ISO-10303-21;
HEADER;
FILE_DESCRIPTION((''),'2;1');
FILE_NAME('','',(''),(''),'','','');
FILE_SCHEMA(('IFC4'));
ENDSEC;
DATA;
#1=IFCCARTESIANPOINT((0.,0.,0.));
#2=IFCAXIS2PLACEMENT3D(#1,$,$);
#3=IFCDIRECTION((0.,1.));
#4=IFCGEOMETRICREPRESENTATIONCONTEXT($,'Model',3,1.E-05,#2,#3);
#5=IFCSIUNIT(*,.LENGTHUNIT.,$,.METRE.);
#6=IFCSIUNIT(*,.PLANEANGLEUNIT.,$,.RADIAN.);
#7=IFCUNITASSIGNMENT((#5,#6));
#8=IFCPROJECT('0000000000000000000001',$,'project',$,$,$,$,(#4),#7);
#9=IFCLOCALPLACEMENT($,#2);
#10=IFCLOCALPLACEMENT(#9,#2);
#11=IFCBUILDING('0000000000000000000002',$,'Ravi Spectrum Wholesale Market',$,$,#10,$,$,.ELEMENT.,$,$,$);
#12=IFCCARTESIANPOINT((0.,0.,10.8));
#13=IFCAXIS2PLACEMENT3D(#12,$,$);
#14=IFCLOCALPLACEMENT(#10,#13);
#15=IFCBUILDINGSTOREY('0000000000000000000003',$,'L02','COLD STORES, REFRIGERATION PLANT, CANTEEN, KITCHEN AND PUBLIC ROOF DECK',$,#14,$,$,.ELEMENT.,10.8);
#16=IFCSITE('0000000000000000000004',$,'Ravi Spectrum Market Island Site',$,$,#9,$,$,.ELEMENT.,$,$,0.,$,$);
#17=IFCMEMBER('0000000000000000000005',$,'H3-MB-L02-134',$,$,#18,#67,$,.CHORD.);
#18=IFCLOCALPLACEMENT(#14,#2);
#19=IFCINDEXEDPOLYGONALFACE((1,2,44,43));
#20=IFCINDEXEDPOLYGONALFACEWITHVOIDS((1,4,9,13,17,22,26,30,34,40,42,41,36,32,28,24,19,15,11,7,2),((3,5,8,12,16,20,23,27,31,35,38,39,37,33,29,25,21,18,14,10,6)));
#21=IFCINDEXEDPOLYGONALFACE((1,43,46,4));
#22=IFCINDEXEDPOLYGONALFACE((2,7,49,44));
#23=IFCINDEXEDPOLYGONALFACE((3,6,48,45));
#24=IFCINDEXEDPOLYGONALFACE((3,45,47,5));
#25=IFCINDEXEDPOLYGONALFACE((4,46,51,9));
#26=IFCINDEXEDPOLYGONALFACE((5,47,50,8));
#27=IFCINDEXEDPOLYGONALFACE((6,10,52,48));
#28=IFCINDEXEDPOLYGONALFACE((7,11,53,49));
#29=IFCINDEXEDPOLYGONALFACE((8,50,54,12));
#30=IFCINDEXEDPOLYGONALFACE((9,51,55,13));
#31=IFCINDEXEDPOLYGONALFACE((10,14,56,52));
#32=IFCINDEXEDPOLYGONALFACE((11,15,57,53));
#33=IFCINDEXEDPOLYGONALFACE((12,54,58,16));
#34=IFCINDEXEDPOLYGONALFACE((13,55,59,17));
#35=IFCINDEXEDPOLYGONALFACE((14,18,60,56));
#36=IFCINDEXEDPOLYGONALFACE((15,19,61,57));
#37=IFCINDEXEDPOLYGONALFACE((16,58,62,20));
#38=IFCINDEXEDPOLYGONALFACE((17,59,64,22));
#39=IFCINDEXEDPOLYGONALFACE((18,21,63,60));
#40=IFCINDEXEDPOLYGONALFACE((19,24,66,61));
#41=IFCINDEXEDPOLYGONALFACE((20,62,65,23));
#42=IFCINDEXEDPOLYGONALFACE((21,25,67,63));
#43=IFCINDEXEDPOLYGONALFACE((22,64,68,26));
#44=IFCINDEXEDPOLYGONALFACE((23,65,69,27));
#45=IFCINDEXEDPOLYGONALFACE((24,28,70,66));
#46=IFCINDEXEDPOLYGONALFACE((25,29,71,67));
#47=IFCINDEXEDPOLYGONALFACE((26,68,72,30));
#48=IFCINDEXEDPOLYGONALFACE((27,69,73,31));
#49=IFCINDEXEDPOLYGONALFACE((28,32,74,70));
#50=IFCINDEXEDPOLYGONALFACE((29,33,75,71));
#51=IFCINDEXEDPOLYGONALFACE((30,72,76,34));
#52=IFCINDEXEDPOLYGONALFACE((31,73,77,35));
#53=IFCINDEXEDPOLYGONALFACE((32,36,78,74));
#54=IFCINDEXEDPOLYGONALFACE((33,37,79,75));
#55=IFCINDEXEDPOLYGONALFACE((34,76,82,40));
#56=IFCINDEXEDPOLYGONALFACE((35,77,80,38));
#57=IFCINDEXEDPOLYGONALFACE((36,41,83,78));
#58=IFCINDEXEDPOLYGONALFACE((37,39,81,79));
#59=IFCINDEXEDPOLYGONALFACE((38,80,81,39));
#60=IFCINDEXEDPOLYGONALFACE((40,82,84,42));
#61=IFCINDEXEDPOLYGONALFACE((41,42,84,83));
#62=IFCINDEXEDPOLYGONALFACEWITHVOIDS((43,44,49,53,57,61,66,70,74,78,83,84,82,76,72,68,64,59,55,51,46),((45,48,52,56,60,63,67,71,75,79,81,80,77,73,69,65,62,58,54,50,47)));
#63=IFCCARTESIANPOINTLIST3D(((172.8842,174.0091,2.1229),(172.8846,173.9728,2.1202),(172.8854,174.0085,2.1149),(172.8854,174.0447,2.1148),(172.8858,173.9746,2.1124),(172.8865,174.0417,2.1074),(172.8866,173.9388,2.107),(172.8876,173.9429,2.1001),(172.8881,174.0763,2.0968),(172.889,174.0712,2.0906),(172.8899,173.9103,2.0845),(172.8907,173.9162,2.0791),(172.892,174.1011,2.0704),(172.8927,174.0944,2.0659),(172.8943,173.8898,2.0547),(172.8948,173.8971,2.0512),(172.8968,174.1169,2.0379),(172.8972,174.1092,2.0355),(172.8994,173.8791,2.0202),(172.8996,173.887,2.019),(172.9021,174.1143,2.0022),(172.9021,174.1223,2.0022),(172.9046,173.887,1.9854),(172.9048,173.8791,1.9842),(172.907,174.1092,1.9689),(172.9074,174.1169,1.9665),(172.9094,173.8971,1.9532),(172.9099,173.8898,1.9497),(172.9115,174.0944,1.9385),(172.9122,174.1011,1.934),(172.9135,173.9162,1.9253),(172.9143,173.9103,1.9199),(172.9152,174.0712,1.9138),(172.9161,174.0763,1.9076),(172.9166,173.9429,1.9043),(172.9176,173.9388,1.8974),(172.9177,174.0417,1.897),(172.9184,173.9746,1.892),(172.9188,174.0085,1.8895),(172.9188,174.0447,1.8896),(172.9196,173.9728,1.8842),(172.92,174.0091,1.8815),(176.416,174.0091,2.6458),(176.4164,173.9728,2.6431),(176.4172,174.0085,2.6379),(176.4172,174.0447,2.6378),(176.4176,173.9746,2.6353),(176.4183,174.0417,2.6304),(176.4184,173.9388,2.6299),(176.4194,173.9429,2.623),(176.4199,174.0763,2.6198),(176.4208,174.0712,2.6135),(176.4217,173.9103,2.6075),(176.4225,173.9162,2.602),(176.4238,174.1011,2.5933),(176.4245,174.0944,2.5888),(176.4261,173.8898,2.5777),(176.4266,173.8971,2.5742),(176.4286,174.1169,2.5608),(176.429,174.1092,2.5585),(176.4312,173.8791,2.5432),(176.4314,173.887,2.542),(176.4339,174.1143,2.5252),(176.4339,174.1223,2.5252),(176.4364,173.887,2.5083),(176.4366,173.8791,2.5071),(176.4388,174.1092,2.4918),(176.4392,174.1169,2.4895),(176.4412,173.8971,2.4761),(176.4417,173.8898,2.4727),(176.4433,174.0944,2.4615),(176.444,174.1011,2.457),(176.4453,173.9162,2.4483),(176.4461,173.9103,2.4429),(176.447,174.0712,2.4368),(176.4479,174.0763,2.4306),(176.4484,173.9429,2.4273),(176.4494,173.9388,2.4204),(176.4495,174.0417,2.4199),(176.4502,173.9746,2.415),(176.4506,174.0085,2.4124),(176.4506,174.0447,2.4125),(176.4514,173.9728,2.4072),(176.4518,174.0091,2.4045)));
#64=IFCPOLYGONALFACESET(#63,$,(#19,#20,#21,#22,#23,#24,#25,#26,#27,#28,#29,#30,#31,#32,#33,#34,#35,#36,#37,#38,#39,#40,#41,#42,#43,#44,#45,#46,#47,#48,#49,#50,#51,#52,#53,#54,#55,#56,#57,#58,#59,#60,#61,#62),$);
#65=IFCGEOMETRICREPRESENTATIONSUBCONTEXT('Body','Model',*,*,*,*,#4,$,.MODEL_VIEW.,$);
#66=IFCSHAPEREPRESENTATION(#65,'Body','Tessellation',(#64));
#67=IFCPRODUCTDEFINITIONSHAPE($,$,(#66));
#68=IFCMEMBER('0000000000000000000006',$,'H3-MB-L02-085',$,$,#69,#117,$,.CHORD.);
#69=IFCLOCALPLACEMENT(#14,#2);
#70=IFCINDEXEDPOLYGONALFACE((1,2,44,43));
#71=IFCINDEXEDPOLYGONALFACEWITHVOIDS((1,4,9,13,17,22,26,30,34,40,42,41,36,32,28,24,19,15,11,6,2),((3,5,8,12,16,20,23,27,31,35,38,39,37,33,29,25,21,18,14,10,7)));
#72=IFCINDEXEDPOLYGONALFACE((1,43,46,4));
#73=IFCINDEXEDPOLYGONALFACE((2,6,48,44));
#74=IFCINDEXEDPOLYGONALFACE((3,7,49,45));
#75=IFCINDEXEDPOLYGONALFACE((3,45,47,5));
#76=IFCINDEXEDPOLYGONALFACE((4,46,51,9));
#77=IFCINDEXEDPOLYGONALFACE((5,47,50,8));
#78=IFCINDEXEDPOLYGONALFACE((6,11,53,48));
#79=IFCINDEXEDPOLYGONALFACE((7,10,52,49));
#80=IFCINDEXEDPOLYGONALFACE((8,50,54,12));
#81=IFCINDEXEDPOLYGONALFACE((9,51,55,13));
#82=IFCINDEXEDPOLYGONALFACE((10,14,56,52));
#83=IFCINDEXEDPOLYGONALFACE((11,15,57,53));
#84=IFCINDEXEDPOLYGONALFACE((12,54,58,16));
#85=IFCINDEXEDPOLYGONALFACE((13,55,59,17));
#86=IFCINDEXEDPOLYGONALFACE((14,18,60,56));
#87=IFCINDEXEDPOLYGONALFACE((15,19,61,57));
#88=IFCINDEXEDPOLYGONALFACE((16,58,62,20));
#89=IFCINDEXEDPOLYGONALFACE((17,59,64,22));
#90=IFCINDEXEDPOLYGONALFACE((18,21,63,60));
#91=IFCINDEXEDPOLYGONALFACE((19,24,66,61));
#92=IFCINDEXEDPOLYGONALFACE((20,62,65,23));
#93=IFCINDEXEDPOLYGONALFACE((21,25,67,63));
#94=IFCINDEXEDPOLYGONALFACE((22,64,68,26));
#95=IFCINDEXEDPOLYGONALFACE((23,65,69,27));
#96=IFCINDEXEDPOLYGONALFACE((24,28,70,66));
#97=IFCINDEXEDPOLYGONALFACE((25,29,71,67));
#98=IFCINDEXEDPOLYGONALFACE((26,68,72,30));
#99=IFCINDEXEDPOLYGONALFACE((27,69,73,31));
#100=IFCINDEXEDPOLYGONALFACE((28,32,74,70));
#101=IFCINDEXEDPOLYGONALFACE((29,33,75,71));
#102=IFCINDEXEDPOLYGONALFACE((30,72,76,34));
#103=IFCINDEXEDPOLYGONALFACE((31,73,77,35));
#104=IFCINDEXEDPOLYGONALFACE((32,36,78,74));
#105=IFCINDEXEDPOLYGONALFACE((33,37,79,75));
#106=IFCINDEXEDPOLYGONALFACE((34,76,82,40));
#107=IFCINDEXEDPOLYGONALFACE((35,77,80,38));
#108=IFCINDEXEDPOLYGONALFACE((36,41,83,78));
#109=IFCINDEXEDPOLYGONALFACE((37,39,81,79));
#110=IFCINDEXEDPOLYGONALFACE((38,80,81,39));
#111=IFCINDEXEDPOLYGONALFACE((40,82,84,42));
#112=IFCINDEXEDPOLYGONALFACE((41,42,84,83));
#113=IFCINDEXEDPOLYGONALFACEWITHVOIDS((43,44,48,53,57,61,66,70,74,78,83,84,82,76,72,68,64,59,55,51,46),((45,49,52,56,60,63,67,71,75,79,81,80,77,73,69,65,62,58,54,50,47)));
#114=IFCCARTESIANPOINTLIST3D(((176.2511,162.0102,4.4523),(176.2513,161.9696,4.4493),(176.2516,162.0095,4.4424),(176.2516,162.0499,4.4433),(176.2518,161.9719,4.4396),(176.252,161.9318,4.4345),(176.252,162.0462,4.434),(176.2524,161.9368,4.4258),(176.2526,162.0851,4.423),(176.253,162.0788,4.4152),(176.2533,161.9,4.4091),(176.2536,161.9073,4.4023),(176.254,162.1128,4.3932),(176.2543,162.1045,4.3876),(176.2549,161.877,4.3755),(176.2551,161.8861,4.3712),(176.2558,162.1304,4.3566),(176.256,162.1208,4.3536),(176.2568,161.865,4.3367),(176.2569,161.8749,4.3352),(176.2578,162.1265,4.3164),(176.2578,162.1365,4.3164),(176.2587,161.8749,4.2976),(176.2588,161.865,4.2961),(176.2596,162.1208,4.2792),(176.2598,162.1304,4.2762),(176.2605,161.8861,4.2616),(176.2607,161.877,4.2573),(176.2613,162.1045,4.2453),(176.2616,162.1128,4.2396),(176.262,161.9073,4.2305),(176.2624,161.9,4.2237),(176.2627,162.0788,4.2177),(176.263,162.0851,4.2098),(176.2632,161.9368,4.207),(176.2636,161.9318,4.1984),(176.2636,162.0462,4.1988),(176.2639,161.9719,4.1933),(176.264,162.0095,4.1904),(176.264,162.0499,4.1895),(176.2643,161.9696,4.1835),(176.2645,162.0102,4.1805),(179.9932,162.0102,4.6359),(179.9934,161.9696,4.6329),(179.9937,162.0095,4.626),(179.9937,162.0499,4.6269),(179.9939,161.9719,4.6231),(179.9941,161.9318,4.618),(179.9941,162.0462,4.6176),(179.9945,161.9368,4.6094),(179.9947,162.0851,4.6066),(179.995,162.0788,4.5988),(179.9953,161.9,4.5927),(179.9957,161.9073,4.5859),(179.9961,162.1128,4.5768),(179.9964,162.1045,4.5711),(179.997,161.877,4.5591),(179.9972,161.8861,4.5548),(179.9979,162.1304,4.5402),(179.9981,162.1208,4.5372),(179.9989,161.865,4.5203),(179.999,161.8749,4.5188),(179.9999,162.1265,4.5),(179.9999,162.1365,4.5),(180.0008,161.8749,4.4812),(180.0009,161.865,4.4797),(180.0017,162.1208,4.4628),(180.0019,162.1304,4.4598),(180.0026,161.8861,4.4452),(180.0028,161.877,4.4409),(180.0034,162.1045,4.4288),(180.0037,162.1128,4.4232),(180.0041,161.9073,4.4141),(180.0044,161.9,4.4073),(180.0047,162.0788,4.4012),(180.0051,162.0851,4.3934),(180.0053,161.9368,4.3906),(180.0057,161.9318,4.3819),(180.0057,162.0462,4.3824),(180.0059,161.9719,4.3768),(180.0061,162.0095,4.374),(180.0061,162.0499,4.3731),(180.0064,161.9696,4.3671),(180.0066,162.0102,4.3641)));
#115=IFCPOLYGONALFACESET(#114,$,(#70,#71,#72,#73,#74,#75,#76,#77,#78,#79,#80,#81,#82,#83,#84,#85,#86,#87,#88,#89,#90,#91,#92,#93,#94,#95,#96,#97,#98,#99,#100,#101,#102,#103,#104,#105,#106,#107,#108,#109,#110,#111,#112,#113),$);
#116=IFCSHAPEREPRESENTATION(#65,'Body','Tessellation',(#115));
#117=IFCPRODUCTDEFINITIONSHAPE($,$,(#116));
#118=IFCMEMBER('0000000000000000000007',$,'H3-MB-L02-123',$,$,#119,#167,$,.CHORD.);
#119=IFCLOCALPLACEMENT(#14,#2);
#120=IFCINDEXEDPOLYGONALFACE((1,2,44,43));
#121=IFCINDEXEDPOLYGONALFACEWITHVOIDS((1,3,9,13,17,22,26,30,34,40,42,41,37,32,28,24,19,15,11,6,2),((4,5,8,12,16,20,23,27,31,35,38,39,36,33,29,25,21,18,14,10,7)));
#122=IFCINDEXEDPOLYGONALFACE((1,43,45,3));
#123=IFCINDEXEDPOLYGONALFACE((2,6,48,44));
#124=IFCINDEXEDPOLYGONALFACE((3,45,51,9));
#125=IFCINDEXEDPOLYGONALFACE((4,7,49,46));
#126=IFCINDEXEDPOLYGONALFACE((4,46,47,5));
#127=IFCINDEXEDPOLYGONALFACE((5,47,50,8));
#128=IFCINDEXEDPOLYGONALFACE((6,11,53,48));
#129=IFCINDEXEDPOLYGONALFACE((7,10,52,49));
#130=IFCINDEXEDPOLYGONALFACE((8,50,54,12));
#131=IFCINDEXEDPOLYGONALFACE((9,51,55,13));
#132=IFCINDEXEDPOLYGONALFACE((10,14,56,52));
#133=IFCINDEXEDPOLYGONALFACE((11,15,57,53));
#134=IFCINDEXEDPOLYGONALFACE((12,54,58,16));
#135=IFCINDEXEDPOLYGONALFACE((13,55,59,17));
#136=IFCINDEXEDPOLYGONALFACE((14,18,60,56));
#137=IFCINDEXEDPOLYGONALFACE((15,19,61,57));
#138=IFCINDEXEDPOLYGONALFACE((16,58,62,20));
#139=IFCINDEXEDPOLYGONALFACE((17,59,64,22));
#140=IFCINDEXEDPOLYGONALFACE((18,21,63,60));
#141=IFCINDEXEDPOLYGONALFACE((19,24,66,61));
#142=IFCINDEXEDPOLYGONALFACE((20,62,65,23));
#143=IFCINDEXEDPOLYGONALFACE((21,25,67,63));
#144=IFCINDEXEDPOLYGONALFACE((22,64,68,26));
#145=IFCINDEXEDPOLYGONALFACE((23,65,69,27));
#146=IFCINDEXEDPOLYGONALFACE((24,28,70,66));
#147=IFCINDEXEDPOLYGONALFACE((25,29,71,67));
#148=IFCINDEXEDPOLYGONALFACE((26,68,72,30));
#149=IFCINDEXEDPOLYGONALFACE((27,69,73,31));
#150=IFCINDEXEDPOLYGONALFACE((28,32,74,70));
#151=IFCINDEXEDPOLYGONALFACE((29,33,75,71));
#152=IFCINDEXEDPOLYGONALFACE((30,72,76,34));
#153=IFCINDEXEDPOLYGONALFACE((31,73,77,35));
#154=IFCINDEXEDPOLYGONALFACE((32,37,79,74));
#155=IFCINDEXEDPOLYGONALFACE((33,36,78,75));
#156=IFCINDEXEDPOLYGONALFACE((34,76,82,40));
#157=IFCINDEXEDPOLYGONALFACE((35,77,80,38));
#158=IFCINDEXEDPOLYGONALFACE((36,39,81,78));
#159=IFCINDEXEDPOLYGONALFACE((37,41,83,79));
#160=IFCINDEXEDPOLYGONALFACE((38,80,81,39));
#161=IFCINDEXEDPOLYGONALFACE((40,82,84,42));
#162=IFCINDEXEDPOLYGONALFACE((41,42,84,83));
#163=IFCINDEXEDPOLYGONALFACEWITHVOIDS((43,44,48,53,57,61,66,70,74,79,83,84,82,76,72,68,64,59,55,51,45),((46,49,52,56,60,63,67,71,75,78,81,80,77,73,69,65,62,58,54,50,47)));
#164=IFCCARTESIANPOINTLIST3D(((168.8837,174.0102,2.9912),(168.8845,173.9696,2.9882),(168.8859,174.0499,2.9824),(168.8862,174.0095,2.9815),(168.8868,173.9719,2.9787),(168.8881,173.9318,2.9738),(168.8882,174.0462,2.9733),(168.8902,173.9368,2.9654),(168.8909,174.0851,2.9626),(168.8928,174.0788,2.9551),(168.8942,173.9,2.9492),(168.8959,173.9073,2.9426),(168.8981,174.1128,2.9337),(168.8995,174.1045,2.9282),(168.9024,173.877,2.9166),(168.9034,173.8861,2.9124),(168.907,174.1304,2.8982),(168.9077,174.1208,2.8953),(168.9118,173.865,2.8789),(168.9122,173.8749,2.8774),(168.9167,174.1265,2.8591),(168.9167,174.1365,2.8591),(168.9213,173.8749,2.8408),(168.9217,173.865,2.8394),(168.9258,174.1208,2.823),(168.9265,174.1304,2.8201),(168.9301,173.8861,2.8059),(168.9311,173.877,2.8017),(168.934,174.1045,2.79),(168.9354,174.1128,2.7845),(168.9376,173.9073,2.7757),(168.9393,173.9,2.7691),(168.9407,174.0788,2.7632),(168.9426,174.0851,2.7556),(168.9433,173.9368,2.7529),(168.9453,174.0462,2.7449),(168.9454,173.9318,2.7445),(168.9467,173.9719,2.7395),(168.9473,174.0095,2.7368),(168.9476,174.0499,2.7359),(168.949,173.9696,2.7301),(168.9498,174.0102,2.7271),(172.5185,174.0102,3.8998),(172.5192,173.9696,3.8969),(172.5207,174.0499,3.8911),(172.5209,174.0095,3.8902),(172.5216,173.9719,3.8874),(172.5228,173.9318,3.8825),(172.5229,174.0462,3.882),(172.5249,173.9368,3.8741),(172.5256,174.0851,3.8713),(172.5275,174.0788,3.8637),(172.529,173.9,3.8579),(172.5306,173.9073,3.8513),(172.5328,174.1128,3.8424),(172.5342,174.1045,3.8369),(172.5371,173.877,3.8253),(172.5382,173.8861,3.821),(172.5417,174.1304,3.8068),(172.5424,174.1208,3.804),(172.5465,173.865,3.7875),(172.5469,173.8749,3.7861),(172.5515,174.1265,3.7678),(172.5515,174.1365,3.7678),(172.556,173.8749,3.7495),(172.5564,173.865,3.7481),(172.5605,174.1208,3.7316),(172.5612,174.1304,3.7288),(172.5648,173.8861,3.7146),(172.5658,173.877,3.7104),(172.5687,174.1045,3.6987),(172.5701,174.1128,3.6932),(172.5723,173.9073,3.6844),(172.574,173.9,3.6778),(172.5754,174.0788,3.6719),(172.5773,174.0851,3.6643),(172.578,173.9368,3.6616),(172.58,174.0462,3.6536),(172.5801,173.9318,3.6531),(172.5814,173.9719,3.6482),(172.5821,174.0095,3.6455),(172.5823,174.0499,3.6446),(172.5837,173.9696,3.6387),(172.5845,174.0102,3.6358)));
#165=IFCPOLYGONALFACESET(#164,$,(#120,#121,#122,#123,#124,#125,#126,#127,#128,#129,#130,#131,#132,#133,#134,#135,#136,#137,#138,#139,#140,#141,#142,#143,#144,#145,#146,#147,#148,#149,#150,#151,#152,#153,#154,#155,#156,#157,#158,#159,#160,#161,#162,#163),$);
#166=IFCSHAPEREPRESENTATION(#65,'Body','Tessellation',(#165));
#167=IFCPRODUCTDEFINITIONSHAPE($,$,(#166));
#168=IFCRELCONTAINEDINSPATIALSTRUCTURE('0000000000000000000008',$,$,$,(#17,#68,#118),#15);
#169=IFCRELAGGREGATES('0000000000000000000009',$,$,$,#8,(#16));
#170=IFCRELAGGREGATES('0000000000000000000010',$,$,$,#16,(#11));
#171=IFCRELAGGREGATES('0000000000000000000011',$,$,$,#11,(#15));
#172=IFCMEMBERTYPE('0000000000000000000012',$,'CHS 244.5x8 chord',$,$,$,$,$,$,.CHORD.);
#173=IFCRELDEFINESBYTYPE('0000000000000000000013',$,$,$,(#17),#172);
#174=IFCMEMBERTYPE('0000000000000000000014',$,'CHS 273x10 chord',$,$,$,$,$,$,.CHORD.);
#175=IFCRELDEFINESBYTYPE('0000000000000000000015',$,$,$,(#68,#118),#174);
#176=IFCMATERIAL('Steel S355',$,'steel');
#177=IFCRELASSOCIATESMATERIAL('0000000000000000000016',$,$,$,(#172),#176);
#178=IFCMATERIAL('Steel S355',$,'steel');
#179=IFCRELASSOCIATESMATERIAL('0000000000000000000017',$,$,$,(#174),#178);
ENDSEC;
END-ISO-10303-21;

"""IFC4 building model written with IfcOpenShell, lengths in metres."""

from ifc_helpers import new_model, si_unit, direction, frame, origin, origin_2d, place, context, subcontext, project, spatial, hollow_circle, extrude, material, material_profile, profile_set, type_object, element, save


model = new_model("IFC4")

# Units and contexts
model_context = context("Model", 3, precision=1e-05, world=origin(), true_north=direction((0.0, 1.0)))
body_context = subcontext(model_context, "Body", "Model", "MODEL_VIEW")
ifc_project = project(units=[si_unit("LENGTHUNIT", "METRE"), si_unit("PLANEANGLEUNIT", "RADIAN")], contexts=[model_context])

# Site, building, storey
site_placement = place(None, origin())
site = spatial("IfcSite", under=ifc_project, at=site_placement, Name="Ravi Spectrum Market Island Site", CompositionType="ELEMENT", RefElevation=0.0)
building_placement = place(site_placement, origin())
building = spatial("IfcBuilding", under=site, at=building_placement, Name="Ravi Spectrum Wholesale Market", CompositionType="ELEMENT")
storey_placement = place(building_placement, frame((0.0, 0.0, 10.8)))
storey = spatial("IfcBuildingStorey", under=building, at=storey_placement, Name="L02", Description="COLD STORES, REFRIGERATION PLANT, CANTEEN, KITCHEN AND PUBLIC ROOF DECK", CompositionType="ELEMENT", Elevation=10.8)

# Members
ifc_material_1 = material(Name="Steel S355", Category="steel")
ifc_material_profile_1 = material_profile(ifc_material_1, hollow_circle(Radius=0.1223, WallThickness=0.0081, at=origin_2d()))
ifc_profile_set_1 = profile_set([ifc_material_profile_1], Name="Steel S355")
member_type_1 = type_object("IfcMemberType", Name="CHS 244.5x8 chord", PredefinedType="CHORD", material=ifc_profile_set_1)
member_1_placement = place(storey_placement, frame((172.9021, 174.0, 2.0022), z_axis=(0.989214, 0.0, 0.146474), x_axis=(0.0, 1.0, 0.0)))
element("IfcMember", 1, at=member_1_placement, inside=storey, type_object=member_type_1, Name="H3-MB-L02-134", PredefinedType="CHORD", context=body_context, shape_type="SweptSolid", body=[
    extrude(hollow_circle(Radius=0.1223, WallThickness=0.0081, at=origin_2d()), origin(), (0.0, 0.0, 1.0), 3.5703),
])
ifc_material_2 = material(Name="Steel S355", Category="steel")
ifc_material_profile_2 = material_profile(ifc_material_2, hollow_circle(Radius=0.1365, WallThickness=0.01, at=origin_2d()))
ifc_profile_set_2 = profile_set([ifc_material_profile_2], Name="Steel S355")
member_type_2 = type_object("IfcMemberType", Name="CHS 273x10 chord", PredefinedType="CHORD", material=ifc_profile_set_2)
for number, where, z_axis, x_axis, name in (
    (2, (176.2578, 162.0, 4.3164), (0.998799, 0.0, 0.049002), (0.0, 1.0, 0.0), "H3-MB-L02-085"),
    (3, (168.9167, 174.0, 2.8591), (0.970143, 0.0, 0.242536), (0.0, 1.0, 0.0), "H3-MB-L02-123"),
):
    element("IfcMember", number, at=place(storey_placement, frame(where, z_axis=z_axis, x_axis=x_axis)), inside=storey, type_object=member_type_2, Name=name, PredefinedType="CHORD", context=body_context, shape_type="SweptSolid", body=[
        extrude(hollow_circle(Radius=0.1365, WallThickness=0.01, at=origin_2d()), origin(), (0.0, 0.0, 1.0), 3.7466),
    ])

save(model, "model.ifc")
